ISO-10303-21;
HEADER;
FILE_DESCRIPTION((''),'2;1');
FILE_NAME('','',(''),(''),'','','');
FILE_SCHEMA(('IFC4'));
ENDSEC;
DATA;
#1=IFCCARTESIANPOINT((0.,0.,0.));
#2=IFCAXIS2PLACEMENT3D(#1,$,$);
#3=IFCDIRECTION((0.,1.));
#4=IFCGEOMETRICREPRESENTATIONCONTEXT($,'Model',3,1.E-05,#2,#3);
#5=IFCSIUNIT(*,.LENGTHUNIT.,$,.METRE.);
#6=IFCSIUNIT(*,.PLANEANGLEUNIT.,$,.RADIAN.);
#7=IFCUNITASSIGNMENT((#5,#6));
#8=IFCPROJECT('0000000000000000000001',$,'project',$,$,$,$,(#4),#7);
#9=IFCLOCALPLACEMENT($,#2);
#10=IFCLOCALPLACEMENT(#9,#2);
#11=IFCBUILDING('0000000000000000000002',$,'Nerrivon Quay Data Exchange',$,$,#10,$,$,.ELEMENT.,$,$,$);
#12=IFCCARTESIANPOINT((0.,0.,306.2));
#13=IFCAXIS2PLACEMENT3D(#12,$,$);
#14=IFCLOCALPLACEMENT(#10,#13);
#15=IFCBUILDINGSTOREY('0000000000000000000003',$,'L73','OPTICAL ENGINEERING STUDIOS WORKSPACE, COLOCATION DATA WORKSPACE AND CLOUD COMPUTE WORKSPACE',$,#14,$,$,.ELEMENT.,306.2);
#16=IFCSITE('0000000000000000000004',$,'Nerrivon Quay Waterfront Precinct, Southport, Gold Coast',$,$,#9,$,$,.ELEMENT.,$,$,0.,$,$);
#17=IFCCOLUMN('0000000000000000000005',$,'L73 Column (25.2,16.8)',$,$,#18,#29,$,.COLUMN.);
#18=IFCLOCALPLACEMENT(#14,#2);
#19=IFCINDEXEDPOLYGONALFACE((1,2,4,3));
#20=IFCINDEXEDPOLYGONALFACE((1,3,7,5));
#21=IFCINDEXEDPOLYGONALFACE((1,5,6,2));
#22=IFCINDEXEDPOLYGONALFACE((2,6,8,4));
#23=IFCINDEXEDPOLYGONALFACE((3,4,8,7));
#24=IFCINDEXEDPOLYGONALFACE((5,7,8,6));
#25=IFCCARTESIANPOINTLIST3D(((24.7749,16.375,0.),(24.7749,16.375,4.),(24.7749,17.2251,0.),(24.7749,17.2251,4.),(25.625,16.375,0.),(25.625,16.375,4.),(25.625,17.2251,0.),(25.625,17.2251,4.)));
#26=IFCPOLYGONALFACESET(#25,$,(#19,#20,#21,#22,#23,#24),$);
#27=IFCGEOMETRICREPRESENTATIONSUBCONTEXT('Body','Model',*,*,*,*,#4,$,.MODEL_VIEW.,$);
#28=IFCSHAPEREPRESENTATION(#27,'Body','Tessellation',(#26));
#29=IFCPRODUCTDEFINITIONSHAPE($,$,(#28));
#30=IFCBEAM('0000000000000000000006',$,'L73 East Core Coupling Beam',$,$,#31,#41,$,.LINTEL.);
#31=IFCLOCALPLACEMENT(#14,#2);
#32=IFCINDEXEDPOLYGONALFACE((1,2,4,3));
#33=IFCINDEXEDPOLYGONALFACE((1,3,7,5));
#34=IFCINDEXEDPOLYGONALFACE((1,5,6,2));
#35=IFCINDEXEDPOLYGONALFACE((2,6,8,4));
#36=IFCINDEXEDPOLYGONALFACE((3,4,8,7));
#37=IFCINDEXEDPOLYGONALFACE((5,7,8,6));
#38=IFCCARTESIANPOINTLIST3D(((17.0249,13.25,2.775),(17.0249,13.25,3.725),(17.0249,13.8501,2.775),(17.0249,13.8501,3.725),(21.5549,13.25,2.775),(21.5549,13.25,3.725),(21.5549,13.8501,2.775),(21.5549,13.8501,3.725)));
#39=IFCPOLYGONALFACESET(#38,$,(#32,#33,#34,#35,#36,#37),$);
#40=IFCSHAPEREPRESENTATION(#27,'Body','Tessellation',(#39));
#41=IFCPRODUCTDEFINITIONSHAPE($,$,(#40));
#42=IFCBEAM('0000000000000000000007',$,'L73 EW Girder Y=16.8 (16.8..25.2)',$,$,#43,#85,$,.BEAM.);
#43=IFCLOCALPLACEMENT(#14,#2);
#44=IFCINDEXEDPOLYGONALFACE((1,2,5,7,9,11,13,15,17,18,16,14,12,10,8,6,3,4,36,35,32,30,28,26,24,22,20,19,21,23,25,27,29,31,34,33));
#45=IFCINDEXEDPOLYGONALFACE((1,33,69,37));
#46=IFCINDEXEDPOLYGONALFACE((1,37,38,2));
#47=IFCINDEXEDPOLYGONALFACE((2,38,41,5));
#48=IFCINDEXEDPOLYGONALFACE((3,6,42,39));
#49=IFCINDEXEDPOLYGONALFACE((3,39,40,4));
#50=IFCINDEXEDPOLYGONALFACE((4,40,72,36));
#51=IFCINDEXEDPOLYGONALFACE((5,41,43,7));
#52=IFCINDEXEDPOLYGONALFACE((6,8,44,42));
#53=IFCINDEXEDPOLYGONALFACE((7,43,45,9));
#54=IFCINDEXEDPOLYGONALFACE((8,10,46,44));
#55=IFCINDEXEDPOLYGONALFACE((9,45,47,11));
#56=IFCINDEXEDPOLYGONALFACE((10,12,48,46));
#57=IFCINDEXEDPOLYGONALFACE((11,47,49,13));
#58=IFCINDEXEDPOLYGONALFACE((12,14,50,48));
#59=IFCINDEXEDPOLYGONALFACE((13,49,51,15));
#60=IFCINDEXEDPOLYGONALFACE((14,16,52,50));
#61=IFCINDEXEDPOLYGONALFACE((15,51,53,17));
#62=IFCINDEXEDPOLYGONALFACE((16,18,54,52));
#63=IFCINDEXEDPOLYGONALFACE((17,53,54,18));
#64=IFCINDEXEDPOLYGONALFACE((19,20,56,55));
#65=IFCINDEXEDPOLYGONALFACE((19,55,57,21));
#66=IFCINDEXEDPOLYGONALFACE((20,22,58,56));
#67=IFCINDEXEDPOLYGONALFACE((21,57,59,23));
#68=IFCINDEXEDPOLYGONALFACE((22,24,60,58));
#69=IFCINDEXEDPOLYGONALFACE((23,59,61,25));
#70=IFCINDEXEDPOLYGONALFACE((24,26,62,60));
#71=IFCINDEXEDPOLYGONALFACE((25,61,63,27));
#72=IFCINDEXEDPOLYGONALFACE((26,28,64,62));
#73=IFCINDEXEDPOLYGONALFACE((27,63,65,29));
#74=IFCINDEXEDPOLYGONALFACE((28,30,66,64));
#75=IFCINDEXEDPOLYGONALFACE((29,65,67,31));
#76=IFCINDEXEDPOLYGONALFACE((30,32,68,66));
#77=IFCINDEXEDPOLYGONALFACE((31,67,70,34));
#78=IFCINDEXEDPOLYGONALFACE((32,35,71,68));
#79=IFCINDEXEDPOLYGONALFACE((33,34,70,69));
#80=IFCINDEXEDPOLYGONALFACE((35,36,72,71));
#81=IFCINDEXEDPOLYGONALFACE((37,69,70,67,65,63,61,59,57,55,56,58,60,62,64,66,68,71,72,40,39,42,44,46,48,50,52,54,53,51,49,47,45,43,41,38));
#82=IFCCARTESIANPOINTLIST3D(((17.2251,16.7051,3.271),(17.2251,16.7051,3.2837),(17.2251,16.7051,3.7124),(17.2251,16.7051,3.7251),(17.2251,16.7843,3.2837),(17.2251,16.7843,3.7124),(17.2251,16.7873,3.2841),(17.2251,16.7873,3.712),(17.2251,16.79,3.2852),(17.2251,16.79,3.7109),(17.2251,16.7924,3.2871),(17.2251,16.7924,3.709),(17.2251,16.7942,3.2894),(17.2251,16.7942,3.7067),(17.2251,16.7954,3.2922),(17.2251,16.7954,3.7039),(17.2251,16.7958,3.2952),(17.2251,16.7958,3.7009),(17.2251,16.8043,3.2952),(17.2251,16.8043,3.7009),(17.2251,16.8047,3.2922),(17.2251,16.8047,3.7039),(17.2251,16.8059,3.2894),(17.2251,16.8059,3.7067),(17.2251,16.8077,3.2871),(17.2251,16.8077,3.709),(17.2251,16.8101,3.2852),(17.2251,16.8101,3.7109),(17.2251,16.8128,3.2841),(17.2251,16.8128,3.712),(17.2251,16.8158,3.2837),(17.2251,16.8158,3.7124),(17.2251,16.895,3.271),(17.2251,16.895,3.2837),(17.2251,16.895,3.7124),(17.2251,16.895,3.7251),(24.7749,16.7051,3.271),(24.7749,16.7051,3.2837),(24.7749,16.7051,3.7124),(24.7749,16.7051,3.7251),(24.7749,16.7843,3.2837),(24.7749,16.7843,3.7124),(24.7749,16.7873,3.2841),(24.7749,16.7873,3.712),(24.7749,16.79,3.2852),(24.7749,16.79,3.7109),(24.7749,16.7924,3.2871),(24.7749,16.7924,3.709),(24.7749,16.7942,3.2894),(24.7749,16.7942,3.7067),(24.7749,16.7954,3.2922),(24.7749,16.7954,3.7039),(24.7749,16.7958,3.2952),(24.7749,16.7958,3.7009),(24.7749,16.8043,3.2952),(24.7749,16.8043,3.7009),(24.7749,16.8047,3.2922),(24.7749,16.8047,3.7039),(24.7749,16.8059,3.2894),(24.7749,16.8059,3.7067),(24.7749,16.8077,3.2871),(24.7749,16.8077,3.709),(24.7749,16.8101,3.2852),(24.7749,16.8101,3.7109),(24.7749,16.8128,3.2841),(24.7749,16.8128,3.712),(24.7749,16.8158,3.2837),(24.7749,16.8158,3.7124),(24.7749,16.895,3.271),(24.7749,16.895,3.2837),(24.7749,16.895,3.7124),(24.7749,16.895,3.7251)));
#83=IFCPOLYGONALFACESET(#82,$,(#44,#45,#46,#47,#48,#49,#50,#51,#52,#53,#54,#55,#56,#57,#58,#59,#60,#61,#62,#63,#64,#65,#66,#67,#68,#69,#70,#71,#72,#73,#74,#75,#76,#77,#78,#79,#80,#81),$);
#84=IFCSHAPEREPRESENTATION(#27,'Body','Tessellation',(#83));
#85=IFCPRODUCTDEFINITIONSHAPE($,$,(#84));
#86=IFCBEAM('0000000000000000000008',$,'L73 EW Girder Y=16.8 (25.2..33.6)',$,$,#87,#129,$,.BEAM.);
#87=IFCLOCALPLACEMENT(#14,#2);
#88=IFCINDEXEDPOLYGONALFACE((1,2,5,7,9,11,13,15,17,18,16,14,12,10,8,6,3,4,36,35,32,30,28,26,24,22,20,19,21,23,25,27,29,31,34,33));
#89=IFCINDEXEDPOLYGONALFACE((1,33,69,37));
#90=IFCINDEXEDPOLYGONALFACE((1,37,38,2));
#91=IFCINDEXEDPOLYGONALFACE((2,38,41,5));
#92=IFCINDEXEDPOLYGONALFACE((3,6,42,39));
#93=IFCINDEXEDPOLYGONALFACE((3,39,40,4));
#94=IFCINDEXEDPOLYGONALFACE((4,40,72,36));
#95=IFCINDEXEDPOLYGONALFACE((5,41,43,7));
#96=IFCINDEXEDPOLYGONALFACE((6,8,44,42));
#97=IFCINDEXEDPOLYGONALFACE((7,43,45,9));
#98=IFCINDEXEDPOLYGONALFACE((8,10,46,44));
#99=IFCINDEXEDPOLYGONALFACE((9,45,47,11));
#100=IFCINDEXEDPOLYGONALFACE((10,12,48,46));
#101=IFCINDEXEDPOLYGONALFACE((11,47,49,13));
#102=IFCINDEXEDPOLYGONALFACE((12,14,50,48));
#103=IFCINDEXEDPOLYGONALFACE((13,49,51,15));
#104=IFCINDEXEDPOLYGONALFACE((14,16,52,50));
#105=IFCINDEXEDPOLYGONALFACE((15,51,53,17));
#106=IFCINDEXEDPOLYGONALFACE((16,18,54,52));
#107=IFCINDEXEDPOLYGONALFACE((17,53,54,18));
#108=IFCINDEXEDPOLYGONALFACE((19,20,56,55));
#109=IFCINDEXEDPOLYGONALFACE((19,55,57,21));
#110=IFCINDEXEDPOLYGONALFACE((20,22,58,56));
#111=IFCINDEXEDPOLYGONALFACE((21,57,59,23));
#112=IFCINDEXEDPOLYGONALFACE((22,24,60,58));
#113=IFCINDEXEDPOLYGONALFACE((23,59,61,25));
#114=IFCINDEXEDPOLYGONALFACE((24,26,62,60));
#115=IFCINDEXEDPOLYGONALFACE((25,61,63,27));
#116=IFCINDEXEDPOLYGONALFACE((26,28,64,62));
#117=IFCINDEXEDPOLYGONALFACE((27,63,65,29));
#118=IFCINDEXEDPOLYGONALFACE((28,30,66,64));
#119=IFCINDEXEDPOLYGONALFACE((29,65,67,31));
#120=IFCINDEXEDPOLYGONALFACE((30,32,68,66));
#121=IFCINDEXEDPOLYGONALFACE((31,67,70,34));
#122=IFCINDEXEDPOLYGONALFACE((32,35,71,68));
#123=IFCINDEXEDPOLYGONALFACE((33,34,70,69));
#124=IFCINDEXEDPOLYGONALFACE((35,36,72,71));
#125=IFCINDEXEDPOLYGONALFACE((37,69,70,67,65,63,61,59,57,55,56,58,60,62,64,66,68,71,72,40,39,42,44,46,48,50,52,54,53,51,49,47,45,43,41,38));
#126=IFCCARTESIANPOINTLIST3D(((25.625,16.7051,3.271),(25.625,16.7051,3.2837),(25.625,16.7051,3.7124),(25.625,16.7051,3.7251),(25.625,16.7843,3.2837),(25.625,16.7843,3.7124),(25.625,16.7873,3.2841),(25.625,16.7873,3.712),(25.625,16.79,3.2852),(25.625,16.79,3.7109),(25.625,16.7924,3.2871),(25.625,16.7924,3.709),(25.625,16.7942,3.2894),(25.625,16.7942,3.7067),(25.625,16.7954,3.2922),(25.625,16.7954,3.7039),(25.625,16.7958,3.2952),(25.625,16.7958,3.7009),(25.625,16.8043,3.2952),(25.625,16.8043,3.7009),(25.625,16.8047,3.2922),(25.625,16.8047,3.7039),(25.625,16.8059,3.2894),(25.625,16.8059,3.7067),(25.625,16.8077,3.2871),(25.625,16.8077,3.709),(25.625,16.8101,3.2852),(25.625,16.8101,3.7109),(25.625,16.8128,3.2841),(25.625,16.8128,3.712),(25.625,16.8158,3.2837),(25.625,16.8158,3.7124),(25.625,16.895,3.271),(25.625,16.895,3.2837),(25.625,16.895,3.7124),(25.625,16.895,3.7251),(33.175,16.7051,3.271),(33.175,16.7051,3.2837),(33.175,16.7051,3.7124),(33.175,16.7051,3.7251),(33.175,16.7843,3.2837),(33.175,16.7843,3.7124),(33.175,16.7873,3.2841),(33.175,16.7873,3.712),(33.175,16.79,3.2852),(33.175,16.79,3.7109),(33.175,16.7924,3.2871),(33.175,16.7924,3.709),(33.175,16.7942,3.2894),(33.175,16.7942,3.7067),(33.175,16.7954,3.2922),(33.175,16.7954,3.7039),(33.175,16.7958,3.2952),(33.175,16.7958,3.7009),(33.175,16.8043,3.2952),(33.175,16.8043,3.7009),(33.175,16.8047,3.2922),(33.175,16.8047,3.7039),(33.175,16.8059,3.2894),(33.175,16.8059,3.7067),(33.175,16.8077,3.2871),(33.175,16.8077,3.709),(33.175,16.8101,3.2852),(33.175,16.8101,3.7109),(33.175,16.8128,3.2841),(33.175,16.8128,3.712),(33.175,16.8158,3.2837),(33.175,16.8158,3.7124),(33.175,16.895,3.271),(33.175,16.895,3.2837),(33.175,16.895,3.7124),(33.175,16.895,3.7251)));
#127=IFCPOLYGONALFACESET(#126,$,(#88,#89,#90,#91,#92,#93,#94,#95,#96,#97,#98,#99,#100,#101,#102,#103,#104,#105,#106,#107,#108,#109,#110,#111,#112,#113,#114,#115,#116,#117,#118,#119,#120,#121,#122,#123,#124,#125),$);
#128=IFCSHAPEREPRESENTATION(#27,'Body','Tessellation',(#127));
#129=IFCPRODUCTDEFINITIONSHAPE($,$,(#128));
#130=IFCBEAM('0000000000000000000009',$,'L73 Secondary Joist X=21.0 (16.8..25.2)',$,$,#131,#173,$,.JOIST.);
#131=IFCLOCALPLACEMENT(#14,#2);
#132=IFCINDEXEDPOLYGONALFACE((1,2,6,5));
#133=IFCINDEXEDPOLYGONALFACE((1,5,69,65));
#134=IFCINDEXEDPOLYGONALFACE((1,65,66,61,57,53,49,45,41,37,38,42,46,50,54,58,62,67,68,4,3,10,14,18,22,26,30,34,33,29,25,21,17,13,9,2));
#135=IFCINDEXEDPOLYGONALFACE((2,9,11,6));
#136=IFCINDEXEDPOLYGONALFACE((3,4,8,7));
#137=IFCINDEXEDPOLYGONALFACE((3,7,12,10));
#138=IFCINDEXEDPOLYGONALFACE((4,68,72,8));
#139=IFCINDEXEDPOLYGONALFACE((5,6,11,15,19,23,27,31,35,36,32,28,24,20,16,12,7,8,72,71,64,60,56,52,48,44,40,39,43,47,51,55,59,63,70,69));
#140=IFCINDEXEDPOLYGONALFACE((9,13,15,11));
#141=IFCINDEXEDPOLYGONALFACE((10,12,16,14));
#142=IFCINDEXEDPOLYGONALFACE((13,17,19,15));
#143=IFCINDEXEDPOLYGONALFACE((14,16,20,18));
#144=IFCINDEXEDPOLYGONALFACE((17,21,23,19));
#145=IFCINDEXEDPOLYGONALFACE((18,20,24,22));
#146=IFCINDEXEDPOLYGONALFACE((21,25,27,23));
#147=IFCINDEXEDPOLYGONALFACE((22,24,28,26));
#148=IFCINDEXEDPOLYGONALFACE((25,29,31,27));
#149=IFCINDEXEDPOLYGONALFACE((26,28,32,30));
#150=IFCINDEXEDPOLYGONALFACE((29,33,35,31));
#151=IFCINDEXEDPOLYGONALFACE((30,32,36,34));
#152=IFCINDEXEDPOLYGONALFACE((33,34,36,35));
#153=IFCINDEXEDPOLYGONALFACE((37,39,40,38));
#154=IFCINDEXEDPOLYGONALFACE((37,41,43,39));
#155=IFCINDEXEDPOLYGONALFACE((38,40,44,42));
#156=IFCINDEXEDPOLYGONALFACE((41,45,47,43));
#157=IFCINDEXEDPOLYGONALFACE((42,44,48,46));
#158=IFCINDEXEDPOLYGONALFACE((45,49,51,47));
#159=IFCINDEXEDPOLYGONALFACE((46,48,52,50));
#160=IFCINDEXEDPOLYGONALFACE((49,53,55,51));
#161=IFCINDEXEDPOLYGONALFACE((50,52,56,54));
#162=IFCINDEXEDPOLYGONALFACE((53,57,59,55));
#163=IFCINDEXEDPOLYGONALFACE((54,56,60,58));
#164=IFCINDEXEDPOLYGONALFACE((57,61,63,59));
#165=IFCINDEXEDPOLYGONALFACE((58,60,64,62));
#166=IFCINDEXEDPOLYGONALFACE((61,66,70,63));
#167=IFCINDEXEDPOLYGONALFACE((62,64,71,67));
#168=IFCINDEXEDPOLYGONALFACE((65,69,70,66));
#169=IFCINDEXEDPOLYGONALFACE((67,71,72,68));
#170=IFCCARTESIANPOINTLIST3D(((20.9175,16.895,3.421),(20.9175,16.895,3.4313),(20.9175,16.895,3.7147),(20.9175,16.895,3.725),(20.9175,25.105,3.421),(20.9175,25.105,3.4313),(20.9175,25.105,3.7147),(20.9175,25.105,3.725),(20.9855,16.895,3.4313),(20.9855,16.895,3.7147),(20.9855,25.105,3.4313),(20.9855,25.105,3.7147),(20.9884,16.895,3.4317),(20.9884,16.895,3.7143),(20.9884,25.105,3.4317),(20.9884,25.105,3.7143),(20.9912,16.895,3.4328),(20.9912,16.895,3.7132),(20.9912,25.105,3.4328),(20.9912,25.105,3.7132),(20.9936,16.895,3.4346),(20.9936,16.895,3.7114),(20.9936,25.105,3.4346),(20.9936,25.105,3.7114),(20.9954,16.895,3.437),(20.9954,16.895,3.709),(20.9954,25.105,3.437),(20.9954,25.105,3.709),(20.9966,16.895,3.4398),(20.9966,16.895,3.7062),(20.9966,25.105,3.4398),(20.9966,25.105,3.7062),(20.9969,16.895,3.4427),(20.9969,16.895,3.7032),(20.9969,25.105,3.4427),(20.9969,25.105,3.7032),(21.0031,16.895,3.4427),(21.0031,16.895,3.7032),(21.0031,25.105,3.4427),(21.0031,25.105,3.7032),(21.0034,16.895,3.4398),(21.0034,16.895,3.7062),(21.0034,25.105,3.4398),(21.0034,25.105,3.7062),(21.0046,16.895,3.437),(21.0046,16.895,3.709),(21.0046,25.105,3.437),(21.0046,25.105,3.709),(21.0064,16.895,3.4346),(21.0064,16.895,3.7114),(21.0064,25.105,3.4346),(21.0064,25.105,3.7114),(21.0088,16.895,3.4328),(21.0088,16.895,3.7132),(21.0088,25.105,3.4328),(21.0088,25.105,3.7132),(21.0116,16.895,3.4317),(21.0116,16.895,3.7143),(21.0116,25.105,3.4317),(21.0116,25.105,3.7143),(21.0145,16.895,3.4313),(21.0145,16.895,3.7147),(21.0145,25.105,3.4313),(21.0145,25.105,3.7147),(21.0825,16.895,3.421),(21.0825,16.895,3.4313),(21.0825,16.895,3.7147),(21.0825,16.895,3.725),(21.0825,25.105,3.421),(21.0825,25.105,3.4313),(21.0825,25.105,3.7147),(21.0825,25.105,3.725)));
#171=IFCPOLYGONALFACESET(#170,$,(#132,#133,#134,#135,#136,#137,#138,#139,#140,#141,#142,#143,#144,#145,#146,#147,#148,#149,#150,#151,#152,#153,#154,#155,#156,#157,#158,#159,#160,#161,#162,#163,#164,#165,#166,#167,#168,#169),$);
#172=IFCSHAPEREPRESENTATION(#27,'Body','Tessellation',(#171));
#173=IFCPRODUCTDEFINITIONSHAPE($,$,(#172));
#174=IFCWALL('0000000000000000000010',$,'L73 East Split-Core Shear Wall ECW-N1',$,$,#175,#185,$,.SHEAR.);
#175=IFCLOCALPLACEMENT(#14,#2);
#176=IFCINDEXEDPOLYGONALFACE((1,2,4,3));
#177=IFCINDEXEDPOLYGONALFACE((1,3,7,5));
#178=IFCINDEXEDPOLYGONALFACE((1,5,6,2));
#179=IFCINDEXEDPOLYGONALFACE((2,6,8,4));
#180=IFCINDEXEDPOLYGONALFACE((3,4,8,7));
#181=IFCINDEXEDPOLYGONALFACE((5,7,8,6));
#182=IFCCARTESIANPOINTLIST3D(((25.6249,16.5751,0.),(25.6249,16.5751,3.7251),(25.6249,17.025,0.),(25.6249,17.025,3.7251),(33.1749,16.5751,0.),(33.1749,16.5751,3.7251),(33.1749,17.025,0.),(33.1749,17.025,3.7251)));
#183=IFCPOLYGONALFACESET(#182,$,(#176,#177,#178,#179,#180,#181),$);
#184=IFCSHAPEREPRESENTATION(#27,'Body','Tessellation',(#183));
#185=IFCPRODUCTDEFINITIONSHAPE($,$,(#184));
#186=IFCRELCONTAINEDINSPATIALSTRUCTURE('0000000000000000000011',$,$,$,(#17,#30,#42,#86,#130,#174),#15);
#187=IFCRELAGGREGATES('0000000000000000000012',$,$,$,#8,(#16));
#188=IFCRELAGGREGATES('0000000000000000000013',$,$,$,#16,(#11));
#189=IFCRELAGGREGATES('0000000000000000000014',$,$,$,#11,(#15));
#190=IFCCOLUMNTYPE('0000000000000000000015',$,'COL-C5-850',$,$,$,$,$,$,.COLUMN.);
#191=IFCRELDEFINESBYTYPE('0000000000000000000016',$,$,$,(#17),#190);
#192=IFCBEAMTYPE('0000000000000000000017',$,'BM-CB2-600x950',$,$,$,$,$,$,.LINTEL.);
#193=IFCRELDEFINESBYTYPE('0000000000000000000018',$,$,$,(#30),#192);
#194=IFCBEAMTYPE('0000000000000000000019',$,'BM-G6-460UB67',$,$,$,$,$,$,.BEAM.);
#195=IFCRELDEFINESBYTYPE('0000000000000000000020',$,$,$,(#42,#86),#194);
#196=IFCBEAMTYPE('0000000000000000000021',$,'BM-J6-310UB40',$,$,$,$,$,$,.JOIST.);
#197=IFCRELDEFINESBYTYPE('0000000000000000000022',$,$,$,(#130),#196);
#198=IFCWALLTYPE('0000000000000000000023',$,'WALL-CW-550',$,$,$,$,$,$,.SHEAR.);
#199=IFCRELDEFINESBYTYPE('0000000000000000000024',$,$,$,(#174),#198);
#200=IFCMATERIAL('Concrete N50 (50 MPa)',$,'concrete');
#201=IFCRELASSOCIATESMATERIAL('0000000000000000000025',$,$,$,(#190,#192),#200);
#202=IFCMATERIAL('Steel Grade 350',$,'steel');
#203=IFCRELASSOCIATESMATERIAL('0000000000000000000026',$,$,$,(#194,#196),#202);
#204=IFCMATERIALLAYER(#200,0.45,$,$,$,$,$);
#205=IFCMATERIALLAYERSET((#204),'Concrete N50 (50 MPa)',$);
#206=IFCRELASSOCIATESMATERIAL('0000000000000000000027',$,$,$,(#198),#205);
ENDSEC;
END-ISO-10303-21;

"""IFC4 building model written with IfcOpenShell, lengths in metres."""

from ifc_helpers import new_model, si_unit, direction, frame, frame_2d, origin, origin_2d, place, context, subcontext, project, spatial, rectangle, i_section, extrude, material, layer, layer_set, material_profile, profile_set, type_object, element, save


model = new_model("IFC4")

# Units and contexts
model_context = context("Model", 3, precision=1e-05, world=origin(), true_north=direction((0.0, 1.0)))
body_context = subcontext(model_context, "Body", "Model", "MODEL_VIEW")
ifc_project = project(units=[si_unit("LENGTHUNIT", "METRE"), si_unit("PLANEANGLEUNIT", "RADIAN")], contexts=[model_context])

# Site, building, storey
site_placement = place(None, origin())
site = spatial("IfcSite", under=ifc_project, at=site_placement, Name="Nerrivon Quay Waterfront Precinct, Southport, Gold Coast", CompositionType="ELEMENT", RefElevation=0.0)
building_placement = place(site_placement, origin())
building = spatial("IfcBuilding", under=site, at=building_placement, Name="Nerrivon Quay Data Exchange", CompositionType="ELEMENT")
storey_placement = place(building_placement, frame((0.0, 0.0, 306.2)))
storey = spatial("IfcBuildingStorey", under=building, at=storey_placement, Name="L73", Description="OPTICAL ENGINEERING STUDIOS WORKSPACE, COLOCATION DATA WORKSPACE AND CLOUD COMPUTE WORKSPACE", CompositionType="ELEMENT", Elevation=306.2)

# Column
ifc_material_1 = material(Name="Concrete N50 (50 MPa)", Category="concrete")
ifc_material_profile_1 = material_profile(ifc_material_1, rectangle(XDim=0.8501, YDim=0.8501, at=origin_2d()), Name="RC-COL-850x850")
ifc_profile_set_1 = profile_set([ifc_material_profile_1], Name="Concrete N50 (50 MPa)")
column_type = type_object("IfcColumnType", Name="COL-C5-850", PredefinedType="COLUMN", material=ifc_profile_set_1)
column_placement = place(storey_placement, frame((25.2, 16.8, 0.0), z_axis=(0.0, 0.0, 1.0), x_axis=(1.0, 0.0, 0.0)))
element("IfcColumn", 1, at=column_placement, inside=storey, type_object=column_type, Name="L73 Column (25.2,16.8)", PredefinedType="COLUMN", context=body_context, shape_type="SweptSolid", body=[
    extrude(rectangle(XDim=0.8501, YDim=0.8501, at=origin_2d()), origin(), (0.0, 0.0, 1.0), 4.0),
])

# Beams
ifc_material_profile_2 = material_profile(ifc_material_1, rectangle(XDim=0.6001, YDim=0.95, at=origin_2d()), Name="RC-CB-600x950")
ifc_profile_set_2 = profile_set([ifc_material_profile_2], Name="Concrete N50 (50 MPa)")
beam_type_1 = type_object("IfcBeamType", Name="BM-CB2-600x950", PredefinedType="LINTEL", material=ifc_profile_set_2)
beam_1_placement = place(storey_placement, frame((17.0249, 13.55, 3.25), z_axis=(1.0, 0.0, 0.0), x_axis=(0.0, 1.0, 0.0)))
element("IfcBeam", 2, at=beam_1_placement, inside=storey, type_object=beam_type_1, Name="L73 East Core Coupling Beam", PredefinedType="LINTEL", context=body_context, shape_type="SweptSolid", body=[
    extrude(rectangle(XDim=0.6001, YDim=0.95, at=origin_2d()), origin(), (0.0, 0.0, 1.0), 4.53),
])
ifc_material_2 = material(Name="Steel Grade 350", Category="steel")
ifc_material_profile_3 = material_profile(ifc_material_2, i_section(OverallWidth=0.1899, OverallDepth=0.4541, WebThickness=0.0085, FlangeThickness=0.0127, FilletRadius=0.0115, at=origin_2d()), Name="460UB67.1")
ifc_profile_set_3 = profile_set([ifc_material_profile_3], Name="Steel Grade 350")
beam_type_2 = type_object("IfcBeamType", Name="BM-G6-460UB67", PredefinedType="BEAM", material=ifc_profile_set_3)
beam_2_placement = place(storey_placement, frame((17.2251, 16.8, 3.498), z_axis=(1.0, 0.0, 0.0), x_axis=(0.0, 1.0, 0.0)))
element("IfcBeam", 3, at=beam_2_placement, inside=storey, type_object=beam_type_2, Name="L73 EW Girder Y=16.8 (16.8..25.2)", PredefinedType="BEAM", context=body_context, shape_type="SweptSolid", body=[
    extrude(i_section(OverallWidth=0.1899, OverallDepth=0.4541, WebThickness=0.0085, FlangeThickness=0.0127, FilletRadius=0.0115, at=origin_2d()), origin(), (0.0, 0.0, 1.0), 7.5498),
])
beam_3_placement = place(storey_placement, frame((25.625, 16.8, 3.498), z_axis=(1.0, 0.0, 0.0), x_axis=(0.0, 1.0, 0.0)))
element("IfcBeam", 4, at=beam_3_placement, inside=storey, type_object=beam_type_2, Name="L73 EW Girder Y=16.8 (25.2..33.6)", PredefinedType="BEAM", context=body_context, shape_type="SweptSolid", body=[
    extrude(i_section(OverallWidth=0.1899, OverallDepth=0.4541, WebThickness=0.0085, FlangeThickness=0.0127, FilletRadius=0.0115, at=origin_2d()), origin(), (0.0, 0.0, 1.0), 7.55),
])
ifc_material_profile_4 = material_profile(ifc_material_2, i_section(OverallWidth=0.165, OverallDepth=0.304, WebThickness=0.0061, FlangeThickness=0.0103, FilletRadius=0.0115, at=origin_2d()), Name="310UB40.4")
ifc_profile_set_4 = profile_set([ifc_material_profile_4], Name="Steel Grade 350")
beam_type_3 = type_object("IfcBeamType", Name="BM-J6-310UB40", PredefinedType="JOIST", material=ifc_profile_set_4)
beam_4_placement = place(storey_placement, frame((21.0, 16.895, 3.573), z_axis=(0.0, 1.0, 0.0), x_axis=(-1.0, 0.0, 0.0)))
element("IfcBeam", 5, at=beam_4_placement, inside=storey, type_object=beam_type_3, Name="L73 Secondary Joist X=21.0 (16.8..25.2)", PredefinedType="JOIST", context=body_context, shape_type="SweptSolid", body=[
    extrude(i_section(OverallWidth=0.165, OverallDepth=0.304, WebThickness=0.0061, FlangeThickness=0.0103, FilletRadius=0.0115, at=origin_2d()), origin(), (0.0, 0.0, 1.0), 8.21),
])

# Wall
ifc_layer_1 = layer(ifc_material_1, 0.45)
ifc_layer_set_1 = layer_set([ifc_layer_1], Name="Concrete N50 (50 MPa)")
wall_type_1 = type_object("IfcWallType", Name="WALL-CW-550", PredefinedType="SHEAR", material=ifc_layer_set_1)
wall_1_placement = place(storey_placement, frame((25.625, 16.8, 0.0), z_axis=(0.0, 0.0, 1.0), x_axis=(1.0, 0.0, 0.0)))
element("IfcWall", 6, at=wall_1_placement, inside=storey, type_object=wall_type_1, Name="L73 East Split-Core Shear Wall ECW-N1", PredefinedType="SHEAR", context=body_context, shape_type="SweptSolid", body=[
    extrude(rectangle(XDim=7.55, YDim=0.45, at=frame_2d((3.7749, 0.0))), origin(), (0.0, 0.0, 1.0), 3.7251),
])

save(model, "model.ifc")
